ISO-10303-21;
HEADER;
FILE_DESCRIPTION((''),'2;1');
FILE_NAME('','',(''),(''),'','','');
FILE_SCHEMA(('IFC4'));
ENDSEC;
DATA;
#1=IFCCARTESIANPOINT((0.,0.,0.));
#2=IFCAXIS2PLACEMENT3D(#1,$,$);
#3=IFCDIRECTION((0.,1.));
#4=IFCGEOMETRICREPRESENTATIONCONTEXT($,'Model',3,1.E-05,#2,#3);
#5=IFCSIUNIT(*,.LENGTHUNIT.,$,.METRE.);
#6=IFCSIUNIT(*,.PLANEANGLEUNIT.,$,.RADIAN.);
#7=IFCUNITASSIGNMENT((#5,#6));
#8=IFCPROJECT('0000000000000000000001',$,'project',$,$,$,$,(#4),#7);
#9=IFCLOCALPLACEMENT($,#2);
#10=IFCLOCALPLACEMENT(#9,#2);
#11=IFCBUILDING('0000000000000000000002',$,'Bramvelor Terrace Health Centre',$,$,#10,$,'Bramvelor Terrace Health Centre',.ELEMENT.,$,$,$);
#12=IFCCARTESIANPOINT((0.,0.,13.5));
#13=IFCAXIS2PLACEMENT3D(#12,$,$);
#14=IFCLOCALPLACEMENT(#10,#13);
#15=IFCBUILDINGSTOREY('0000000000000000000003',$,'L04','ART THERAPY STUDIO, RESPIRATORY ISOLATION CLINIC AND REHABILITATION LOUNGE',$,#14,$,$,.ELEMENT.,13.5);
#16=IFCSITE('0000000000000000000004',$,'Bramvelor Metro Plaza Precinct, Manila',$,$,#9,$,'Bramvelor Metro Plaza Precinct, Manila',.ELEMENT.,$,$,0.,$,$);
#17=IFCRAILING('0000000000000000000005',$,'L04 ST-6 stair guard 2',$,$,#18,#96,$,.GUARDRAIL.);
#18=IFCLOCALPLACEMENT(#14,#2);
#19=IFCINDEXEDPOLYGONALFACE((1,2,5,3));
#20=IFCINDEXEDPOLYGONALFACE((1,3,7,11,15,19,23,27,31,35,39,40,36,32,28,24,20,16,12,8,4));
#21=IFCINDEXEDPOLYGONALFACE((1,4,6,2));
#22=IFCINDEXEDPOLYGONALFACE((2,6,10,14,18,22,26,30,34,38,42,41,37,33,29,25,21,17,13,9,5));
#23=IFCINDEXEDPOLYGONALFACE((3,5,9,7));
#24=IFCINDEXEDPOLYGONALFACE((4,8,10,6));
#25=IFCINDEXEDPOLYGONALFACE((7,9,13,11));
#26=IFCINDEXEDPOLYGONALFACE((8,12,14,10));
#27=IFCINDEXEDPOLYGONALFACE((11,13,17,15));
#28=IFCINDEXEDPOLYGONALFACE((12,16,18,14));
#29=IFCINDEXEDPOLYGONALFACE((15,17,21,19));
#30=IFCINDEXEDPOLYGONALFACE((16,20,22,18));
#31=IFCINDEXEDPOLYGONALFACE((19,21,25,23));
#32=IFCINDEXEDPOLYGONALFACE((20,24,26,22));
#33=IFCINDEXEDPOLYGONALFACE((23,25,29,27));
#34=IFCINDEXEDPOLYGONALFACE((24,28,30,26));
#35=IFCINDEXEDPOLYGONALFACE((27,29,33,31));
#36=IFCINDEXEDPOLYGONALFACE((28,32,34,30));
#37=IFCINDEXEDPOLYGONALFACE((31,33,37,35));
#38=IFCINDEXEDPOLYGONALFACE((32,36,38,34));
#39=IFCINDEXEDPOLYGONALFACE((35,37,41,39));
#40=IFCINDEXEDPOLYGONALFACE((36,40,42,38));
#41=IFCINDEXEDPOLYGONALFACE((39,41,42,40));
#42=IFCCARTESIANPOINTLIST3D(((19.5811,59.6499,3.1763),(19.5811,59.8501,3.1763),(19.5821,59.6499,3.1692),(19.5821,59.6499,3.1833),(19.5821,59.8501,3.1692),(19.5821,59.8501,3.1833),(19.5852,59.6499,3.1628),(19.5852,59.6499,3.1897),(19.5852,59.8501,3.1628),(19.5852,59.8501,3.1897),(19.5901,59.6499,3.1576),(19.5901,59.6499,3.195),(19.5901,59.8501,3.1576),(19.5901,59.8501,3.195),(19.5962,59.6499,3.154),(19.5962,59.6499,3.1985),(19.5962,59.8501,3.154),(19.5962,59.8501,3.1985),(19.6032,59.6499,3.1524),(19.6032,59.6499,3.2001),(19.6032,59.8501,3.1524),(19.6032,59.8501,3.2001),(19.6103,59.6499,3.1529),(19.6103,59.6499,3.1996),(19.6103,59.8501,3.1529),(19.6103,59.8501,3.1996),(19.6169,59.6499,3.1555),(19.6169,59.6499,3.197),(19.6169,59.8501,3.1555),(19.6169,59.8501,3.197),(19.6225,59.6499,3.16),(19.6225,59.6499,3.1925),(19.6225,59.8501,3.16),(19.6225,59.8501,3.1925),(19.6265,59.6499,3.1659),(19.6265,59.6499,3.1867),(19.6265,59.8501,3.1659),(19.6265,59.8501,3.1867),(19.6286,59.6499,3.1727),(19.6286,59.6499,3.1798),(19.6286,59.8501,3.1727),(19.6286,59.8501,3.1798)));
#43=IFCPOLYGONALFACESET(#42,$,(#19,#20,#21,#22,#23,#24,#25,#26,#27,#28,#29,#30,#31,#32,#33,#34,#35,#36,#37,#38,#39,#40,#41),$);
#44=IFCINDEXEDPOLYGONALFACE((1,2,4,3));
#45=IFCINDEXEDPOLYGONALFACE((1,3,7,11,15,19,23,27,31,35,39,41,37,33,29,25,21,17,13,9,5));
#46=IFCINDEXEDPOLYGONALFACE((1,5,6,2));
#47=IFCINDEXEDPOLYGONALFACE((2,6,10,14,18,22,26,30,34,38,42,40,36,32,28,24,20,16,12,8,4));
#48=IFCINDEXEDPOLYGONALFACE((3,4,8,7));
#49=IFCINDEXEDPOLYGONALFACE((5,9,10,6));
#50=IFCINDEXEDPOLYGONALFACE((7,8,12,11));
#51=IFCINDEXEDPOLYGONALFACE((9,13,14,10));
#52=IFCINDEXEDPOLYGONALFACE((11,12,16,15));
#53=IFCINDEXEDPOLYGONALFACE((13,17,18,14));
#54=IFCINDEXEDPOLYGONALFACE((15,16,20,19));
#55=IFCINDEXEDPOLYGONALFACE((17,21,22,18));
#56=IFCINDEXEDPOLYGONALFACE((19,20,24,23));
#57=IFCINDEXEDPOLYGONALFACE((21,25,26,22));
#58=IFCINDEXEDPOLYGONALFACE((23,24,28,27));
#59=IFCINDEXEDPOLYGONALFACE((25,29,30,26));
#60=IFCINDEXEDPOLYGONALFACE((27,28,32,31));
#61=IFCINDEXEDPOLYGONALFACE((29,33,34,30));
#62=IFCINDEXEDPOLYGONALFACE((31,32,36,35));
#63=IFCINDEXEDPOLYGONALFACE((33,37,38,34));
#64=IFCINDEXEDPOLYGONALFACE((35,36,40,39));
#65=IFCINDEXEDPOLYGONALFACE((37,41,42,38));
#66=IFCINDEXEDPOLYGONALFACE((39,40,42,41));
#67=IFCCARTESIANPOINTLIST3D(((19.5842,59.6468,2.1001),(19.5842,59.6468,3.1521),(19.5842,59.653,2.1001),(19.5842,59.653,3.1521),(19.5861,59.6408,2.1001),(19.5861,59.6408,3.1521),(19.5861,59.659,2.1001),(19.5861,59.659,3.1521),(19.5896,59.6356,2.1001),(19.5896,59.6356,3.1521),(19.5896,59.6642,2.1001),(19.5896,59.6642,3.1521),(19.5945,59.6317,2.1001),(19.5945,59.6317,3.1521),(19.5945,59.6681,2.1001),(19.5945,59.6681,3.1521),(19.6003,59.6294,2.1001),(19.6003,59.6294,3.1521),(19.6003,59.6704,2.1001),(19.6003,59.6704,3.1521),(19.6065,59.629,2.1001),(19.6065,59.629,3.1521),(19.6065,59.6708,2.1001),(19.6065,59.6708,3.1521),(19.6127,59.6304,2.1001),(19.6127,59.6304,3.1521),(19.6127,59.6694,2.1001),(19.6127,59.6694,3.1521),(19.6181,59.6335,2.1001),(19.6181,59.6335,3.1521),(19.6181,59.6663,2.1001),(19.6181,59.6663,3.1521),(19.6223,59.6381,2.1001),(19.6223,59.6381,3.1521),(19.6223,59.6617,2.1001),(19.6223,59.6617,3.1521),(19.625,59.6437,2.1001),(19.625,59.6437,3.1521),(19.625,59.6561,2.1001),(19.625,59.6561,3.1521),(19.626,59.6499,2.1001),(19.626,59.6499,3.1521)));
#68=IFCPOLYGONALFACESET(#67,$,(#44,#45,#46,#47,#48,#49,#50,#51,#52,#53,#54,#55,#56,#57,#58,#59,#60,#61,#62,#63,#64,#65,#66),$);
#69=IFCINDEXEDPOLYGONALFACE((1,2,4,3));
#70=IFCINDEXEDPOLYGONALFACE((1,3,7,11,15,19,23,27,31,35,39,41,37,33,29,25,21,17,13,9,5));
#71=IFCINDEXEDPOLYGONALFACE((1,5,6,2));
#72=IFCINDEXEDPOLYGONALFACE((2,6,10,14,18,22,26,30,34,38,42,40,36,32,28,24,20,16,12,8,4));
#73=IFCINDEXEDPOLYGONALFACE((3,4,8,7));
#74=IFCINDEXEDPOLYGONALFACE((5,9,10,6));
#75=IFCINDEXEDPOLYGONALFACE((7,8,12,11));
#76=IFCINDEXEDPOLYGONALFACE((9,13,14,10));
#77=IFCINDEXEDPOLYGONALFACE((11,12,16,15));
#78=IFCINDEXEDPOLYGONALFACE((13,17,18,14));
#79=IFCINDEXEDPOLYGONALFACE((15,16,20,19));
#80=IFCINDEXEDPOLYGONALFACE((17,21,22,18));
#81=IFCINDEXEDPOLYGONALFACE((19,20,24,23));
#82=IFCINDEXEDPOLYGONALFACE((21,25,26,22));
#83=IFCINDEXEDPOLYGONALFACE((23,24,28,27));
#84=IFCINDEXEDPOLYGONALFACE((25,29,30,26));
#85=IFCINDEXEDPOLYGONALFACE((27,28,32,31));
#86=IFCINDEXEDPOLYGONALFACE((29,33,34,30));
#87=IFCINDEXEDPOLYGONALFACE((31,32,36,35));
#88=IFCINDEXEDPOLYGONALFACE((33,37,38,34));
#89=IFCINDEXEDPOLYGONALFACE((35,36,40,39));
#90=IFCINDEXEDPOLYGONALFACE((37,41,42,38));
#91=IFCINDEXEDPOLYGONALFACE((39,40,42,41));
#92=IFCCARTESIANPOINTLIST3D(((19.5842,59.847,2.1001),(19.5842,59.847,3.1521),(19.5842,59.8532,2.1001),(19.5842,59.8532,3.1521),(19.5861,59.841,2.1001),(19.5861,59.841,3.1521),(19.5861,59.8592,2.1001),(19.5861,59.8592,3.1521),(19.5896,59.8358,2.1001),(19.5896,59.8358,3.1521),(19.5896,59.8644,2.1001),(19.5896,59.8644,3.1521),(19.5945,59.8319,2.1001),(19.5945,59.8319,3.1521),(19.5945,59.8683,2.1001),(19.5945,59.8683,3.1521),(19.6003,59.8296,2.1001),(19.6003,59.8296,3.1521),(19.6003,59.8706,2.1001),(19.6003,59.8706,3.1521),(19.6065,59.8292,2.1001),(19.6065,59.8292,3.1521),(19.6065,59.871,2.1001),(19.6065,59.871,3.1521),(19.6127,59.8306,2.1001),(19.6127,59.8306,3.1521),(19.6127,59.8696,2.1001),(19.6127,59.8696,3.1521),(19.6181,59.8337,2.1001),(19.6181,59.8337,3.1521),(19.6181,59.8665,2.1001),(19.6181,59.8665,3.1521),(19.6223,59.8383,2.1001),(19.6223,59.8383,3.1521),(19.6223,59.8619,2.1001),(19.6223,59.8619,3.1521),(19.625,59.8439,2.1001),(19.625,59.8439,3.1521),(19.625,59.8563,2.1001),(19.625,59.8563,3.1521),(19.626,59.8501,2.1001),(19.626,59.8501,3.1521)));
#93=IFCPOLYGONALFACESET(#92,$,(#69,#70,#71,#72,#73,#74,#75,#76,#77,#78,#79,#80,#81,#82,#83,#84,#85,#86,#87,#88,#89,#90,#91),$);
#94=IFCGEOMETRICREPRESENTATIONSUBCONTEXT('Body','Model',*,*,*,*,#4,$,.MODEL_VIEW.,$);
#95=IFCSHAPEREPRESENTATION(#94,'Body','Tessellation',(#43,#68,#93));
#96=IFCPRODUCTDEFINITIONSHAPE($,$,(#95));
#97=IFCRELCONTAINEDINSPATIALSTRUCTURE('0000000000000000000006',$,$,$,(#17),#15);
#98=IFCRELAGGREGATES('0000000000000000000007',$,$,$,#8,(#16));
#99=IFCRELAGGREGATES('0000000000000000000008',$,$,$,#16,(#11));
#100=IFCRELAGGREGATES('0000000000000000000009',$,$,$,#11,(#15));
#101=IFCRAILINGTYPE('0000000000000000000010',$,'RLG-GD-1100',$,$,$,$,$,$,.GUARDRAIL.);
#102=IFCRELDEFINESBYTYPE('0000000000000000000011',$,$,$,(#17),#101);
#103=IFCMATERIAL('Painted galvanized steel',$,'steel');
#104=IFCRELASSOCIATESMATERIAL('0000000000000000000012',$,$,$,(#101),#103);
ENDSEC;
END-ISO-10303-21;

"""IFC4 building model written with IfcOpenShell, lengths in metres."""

from ifc_helpers import new_model, si_unit, direction, frame, origin, origin_2d, place, context, subcontext, project, spatial, circle, extrude, material, type_object, element, save


model = new_model("IFC4")

# Units and contexts
model_context = context("Model", 3, precision=1e-05, world=origin(), true_north=direction((0.0, 1.0)))
body_context = subcontext(model_context, "Body", "Model", "MODEL_VIEW")
ifc_project = project(units=[si_unit("LENGTHUNIT", "METRE"), si_unit("PLANEANGLEUNIT", "RADIAN")], contexts=[model_context])

# Site, building, storey
site_placement = place(None, origin())
site = spatial("IfcSite", under=ifc_project, at=site_placement, Name="Bramvelor Metro Plaza Precinct, Manila", LongName="Bramvelor Metro Plaza Precinct, Manila", CompositionType="ELEMENT", RefElevation=0.0)
building_placement = place(site_placement, origin())
building = spatial("IfcBuilding", under=site, at=building_placement, Name="Bramvelor Terrace Health Centre", LongName="Bramvelor Terrace Health Centre", CompositionType="ELEMENT")
storey_placement = place(building_placement, frame((0.0, 0.0, 13.5)))
storey = spatial("IfcBuildingStorey", under=building, at=storey_placement, Name="L04", Description="ART THERAPY STUDIO, RESPIRATORY ISOLATION CLINIC AND REHABILITATION LOUNGE", CompositionType="ELEMENT", Elevation=13.5)

# Railing
ifc_material_1 = material(Name="Painted galvanized steel", Category="steel")
railing_type_1 = type_object("IfcRailingType", Name="RLG-GD-1100", PredefinedType="GUARDRAIL", material=ifc_material_1)
railing_1_placement = place(storey_placement, frame((19.605, 59.6499, 2.1001)))
element("IfcRailing", 1, at=railing_1_placement, inside=storey, type_object=railing_type_1, Name="L04 ST-6 stair guard 2", PredefinedType="GUARDRAIL", context=body_context, shape_type="SweptSolid", body=[
    extrude(circle(Radius=0.0239, at=origin_2d()), frame((0.0, 0.0, 1.0762), z_axis=(0.0, 1.0, 0.0), x_axis=(-1.0, 0.0, 0.0)), (0.0, 0.0, 1.0), 0.2002),
    extrude(circle(Radius=0.021, at=origin_2d()), origin(), (0.0, 0.0, 1.0), 1.052),
    extrude(circle(Radius=0.021, at=origin_2d()), frame((0.0, 0.2002, 0.0)), (0.0, 0.0, 1.0), 1.052),
])

save(model, "model.ifc")
